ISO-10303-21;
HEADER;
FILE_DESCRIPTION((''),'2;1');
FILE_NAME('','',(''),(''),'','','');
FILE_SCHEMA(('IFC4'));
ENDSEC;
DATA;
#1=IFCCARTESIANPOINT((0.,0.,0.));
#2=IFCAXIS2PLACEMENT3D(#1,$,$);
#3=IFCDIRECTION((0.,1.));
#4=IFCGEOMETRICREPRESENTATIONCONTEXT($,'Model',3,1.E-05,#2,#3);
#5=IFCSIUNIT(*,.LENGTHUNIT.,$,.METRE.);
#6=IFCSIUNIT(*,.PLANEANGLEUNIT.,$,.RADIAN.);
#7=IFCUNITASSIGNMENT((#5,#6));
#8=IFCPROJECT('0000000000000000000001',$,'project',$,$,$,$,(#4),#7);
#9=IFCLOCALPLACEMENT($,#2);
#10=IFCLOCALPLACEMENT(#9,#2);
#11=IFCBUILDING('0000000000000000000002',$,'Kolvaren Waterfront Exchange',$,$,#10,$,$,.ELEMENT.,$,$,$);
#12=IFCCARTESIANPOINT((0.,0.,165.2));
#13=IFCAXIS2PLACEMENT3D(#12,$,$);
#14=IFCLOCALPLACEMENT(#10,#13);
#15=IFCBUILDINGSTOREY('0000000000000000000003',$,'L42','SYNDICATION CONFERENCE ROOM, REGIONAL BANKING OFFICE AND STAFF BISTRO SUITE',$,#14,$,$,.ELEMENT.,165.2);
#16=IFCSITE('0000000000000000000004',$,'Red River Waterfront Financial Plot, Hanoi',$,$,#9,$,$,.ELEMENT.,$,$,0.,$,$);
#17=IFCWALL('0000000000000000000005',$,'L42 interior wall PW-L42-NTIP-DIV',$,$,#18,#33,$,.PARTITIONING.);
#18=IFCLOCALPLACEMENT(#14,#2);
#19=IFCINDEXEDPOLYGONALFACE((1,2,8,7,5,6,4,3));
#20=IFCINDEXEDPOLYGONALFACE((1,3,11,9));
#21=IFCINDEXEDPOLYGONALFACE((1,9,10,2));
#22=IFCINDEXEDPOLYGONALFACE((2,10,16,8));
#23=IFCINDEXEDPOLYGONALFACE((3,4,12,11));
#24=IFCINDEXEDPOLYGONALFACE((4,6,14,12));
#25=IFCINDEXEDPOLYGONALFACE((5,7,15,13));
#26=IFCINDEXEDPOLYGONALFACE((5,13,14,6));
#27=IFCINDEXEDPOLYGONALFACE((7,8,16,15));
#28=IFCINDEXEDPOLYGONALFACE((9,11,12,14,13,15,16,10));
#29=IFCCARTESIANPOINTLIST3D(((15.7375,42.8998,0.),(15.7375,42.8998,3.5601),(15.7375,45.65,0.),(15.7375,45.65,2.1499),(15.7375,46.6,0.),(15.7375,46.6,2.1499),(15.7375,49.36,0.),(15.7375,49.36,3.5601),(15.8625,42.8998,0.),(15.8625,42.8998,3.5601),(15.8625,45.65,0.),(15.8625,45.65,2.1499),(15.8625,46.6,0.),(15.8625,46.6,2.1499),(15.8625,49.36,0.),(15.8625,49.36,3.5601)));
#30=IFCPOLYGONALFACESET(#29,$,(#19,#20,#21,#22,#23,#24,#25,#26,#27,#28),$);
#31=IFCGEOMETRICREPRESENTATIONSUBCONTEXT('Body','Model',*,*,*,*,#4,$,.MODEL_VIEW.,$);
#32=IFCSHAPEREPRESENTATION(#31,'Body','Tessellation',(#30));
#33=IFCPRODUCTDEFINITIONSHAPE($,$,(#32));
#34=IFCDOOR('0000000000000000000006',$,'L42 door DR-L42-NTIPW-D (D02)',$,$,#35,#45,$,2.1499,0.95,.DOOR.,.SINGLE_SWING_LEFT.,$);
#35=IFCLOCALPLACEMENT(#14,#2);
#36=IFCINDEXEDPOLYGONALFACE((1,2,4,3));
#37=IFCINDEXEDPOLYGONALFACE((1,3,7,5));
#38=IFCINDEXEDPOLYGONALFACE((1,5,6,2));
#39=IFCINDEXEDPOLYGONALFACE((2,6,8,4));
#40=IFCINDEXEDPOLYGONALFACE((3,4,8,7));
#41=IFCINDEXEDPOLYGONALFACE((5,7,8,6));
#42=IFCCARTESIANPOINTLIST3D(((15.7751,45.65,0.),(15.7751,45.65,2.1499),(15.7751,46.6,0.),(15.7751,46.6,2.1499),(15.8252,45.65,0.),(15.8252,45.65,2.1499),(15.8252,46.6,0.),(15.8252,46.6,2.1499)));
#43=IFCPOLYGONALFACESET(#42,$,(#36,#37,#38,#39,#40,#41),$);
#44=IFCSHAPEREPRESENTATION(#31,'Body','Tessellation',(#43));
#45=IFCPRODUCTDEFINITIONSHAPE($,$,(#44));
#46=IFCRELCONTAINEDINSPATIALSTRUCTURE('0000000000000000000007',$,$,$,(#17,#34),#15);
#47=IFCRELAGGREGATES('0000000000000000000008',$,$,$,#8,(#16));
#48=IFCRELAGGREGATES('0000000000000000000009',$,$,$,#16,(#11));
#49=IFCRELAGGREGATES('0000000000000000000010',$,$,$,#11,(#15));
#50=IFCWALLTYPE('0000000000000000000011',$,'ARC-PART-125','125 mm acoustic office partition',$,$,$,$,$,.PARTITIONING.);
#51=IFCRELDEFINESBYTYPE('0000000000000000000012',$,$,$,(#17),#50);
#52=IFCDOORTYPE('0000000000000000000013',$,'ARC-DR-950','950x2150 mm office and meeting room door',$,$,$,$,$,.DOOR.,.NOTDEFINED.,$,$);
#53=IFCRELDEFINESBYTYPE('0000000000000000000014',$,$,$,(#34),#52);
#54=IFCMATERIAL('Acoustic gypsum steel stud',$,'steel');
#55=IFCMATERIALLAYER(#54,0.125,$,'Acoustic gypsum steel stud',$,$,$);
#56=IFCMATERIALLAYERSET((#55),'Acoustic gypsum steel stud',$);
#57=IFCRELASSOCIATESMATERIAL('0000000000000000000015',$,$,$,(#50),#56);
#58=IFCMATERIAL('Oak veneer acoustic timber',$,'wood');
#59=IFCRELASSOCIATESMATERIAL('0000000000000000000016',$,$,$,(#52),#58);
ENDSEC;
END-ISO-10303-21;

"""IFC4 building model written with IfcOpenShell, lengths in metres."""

from ifc_helpers import new_model, si_unit, direction, frame, frame_2d, origin, place, context, subcontext, project, spatial, rectangle, extrude, material, layer, layer_set, type_object, element, fill, save


model = new_model("IFC4")

# Units and contexts
model_context = context("Model", 3, precision=1e-05, world=origin(), true_north=direction((0.0, 1.0)))
body_context = subcontext(model_context, "Body", "Model", "MODEL_VIEW")
ifc_project = project(units=[si_unit("LENGTHUNIT", "METRE"), si_unit("PLANEANGLEUNIT", "RADIAN")], contexts=[model_context])

# Site, building, storey
site_placement = place(None, origin())
site = spatial("IfcSite", under=ifc_project, at=site_placement, Name="Red River Waterfront Financial Plot, Hanoi", CompositionType="ELEMENT", RefElevation=0.0)
building_placement = place(site_placement, origin())
building = spatial("IfcBuilding", under=site, at=building_placement, Name="Kolvaren Waterfront Exchange", CompositionType="ELEMENT")
storey_placement = place(building_placement, frame((0.0, 0.0, 165.2)))
storey = spatial("IfcBuildingStorey", under=building, at=storey_placement, Name="L42", Description="SYNDICATION CONFERENCE ROOM, REGIONAL BANKING OFFICE AND STAFF BISTRO SUITE", CompositionType="ELEMENT", Elevation=165.2)

# Wall, opening, door
ifc_material_1 = material(Name="Acoustic gypsum steel stud", Category="steel")
ifc_layer_1 = layer(ifc_material_1, 0.125, Name="Acoustic gypsum steel stud")
ifc_layer_set_1 = layer_set([ifc_layer_1], Name="Acoustic gypsum steel stud")
wall_type_1 = type_object("IfcWallType", Name="ARC-PART-125", Description="125 mm acoustic office partition", PredefinedType="PARTITIONING", material=ifc_layer_set_1)
wall_1_placement = place(storey_placement, frame((15.8, 42.8999, 0.0), z_axis=(0.0, 0.0, 1.0), x_axis=(0.0, 1.0, 0.0)))
wall_1 = element("IfcWall", 1, at=wall_1_placement, inside=storey, type_object=wall_type_1, Name="L42 interior wall PW-L42-NTIP-DIV", PredefinedType="PARTITIONING", context=body_context, shape_type="SweptSolid", body=[
    extrude(rectangle(XDim=6.4602, YDim=0.125, at=frame_2d((3.23, 0.0))), origin(), (0.0, 0.0, 1.0), 3.5601),
])
opening_1_placement = place(wall_1_placement, frame((2.75, 0.0, 0.0)))
opening_1 = element("IfcOpeningElement", 2, at=opening_1_placement, cuts=wall_1, PredefinedType="OPENING", context=body_context, shape_type="SweptSolid", body=[
    extrude(rectangle(XDim=0.95, YDim=2.1499, at=frame_2d((0.4751, 1.075))), frame((0.0, 0.0725, 0.0), z_axis=(0.0, -1.0, 0.0), x_axis=(1.0, 0.0, 0.0)), (0.0, 0.0, 1.0), 0.145),
])
ifc_material_2 = material(Name="Oak veneer acoustic timber", Category="wood")
door_type_1 = type_object("IfcDoorType", Name="ARC-DR-950", Description="950x2150 mm office and meeting room door", OperationType="NOTDEFINED", PredefinedType="DOOR", material=ifc_material_2)
door_1_placement = place(opening_1_placement, origin())
door_1 = element("IfcDoor", 3, at=door_1_placement, inside=storey, type_object=door_type_1, Name="L42 door DR-L42-NTIPW-D (D02)", OperationType="SINGLE_SWING_LEFT", OverallHeight=2.1499, OverallWidth=0.95, PredefinedType="DOOR", context=body_context, shape_type="SweptSolid", body=[
    extrude(rectangle(XDim=0.95, YDim=2.1499, at=frame_2d((0.4751, 1.075))), frame((0.0, 0.0249, 0.0), z_axis=(0.0, -1.0, 0.0), x_axis=(1.0, 0.0, 0.0)), (0.0, 0.0, 1.0), 0.05),
])
fill(opening_1, door_1)

save(model, "model.ifc")
